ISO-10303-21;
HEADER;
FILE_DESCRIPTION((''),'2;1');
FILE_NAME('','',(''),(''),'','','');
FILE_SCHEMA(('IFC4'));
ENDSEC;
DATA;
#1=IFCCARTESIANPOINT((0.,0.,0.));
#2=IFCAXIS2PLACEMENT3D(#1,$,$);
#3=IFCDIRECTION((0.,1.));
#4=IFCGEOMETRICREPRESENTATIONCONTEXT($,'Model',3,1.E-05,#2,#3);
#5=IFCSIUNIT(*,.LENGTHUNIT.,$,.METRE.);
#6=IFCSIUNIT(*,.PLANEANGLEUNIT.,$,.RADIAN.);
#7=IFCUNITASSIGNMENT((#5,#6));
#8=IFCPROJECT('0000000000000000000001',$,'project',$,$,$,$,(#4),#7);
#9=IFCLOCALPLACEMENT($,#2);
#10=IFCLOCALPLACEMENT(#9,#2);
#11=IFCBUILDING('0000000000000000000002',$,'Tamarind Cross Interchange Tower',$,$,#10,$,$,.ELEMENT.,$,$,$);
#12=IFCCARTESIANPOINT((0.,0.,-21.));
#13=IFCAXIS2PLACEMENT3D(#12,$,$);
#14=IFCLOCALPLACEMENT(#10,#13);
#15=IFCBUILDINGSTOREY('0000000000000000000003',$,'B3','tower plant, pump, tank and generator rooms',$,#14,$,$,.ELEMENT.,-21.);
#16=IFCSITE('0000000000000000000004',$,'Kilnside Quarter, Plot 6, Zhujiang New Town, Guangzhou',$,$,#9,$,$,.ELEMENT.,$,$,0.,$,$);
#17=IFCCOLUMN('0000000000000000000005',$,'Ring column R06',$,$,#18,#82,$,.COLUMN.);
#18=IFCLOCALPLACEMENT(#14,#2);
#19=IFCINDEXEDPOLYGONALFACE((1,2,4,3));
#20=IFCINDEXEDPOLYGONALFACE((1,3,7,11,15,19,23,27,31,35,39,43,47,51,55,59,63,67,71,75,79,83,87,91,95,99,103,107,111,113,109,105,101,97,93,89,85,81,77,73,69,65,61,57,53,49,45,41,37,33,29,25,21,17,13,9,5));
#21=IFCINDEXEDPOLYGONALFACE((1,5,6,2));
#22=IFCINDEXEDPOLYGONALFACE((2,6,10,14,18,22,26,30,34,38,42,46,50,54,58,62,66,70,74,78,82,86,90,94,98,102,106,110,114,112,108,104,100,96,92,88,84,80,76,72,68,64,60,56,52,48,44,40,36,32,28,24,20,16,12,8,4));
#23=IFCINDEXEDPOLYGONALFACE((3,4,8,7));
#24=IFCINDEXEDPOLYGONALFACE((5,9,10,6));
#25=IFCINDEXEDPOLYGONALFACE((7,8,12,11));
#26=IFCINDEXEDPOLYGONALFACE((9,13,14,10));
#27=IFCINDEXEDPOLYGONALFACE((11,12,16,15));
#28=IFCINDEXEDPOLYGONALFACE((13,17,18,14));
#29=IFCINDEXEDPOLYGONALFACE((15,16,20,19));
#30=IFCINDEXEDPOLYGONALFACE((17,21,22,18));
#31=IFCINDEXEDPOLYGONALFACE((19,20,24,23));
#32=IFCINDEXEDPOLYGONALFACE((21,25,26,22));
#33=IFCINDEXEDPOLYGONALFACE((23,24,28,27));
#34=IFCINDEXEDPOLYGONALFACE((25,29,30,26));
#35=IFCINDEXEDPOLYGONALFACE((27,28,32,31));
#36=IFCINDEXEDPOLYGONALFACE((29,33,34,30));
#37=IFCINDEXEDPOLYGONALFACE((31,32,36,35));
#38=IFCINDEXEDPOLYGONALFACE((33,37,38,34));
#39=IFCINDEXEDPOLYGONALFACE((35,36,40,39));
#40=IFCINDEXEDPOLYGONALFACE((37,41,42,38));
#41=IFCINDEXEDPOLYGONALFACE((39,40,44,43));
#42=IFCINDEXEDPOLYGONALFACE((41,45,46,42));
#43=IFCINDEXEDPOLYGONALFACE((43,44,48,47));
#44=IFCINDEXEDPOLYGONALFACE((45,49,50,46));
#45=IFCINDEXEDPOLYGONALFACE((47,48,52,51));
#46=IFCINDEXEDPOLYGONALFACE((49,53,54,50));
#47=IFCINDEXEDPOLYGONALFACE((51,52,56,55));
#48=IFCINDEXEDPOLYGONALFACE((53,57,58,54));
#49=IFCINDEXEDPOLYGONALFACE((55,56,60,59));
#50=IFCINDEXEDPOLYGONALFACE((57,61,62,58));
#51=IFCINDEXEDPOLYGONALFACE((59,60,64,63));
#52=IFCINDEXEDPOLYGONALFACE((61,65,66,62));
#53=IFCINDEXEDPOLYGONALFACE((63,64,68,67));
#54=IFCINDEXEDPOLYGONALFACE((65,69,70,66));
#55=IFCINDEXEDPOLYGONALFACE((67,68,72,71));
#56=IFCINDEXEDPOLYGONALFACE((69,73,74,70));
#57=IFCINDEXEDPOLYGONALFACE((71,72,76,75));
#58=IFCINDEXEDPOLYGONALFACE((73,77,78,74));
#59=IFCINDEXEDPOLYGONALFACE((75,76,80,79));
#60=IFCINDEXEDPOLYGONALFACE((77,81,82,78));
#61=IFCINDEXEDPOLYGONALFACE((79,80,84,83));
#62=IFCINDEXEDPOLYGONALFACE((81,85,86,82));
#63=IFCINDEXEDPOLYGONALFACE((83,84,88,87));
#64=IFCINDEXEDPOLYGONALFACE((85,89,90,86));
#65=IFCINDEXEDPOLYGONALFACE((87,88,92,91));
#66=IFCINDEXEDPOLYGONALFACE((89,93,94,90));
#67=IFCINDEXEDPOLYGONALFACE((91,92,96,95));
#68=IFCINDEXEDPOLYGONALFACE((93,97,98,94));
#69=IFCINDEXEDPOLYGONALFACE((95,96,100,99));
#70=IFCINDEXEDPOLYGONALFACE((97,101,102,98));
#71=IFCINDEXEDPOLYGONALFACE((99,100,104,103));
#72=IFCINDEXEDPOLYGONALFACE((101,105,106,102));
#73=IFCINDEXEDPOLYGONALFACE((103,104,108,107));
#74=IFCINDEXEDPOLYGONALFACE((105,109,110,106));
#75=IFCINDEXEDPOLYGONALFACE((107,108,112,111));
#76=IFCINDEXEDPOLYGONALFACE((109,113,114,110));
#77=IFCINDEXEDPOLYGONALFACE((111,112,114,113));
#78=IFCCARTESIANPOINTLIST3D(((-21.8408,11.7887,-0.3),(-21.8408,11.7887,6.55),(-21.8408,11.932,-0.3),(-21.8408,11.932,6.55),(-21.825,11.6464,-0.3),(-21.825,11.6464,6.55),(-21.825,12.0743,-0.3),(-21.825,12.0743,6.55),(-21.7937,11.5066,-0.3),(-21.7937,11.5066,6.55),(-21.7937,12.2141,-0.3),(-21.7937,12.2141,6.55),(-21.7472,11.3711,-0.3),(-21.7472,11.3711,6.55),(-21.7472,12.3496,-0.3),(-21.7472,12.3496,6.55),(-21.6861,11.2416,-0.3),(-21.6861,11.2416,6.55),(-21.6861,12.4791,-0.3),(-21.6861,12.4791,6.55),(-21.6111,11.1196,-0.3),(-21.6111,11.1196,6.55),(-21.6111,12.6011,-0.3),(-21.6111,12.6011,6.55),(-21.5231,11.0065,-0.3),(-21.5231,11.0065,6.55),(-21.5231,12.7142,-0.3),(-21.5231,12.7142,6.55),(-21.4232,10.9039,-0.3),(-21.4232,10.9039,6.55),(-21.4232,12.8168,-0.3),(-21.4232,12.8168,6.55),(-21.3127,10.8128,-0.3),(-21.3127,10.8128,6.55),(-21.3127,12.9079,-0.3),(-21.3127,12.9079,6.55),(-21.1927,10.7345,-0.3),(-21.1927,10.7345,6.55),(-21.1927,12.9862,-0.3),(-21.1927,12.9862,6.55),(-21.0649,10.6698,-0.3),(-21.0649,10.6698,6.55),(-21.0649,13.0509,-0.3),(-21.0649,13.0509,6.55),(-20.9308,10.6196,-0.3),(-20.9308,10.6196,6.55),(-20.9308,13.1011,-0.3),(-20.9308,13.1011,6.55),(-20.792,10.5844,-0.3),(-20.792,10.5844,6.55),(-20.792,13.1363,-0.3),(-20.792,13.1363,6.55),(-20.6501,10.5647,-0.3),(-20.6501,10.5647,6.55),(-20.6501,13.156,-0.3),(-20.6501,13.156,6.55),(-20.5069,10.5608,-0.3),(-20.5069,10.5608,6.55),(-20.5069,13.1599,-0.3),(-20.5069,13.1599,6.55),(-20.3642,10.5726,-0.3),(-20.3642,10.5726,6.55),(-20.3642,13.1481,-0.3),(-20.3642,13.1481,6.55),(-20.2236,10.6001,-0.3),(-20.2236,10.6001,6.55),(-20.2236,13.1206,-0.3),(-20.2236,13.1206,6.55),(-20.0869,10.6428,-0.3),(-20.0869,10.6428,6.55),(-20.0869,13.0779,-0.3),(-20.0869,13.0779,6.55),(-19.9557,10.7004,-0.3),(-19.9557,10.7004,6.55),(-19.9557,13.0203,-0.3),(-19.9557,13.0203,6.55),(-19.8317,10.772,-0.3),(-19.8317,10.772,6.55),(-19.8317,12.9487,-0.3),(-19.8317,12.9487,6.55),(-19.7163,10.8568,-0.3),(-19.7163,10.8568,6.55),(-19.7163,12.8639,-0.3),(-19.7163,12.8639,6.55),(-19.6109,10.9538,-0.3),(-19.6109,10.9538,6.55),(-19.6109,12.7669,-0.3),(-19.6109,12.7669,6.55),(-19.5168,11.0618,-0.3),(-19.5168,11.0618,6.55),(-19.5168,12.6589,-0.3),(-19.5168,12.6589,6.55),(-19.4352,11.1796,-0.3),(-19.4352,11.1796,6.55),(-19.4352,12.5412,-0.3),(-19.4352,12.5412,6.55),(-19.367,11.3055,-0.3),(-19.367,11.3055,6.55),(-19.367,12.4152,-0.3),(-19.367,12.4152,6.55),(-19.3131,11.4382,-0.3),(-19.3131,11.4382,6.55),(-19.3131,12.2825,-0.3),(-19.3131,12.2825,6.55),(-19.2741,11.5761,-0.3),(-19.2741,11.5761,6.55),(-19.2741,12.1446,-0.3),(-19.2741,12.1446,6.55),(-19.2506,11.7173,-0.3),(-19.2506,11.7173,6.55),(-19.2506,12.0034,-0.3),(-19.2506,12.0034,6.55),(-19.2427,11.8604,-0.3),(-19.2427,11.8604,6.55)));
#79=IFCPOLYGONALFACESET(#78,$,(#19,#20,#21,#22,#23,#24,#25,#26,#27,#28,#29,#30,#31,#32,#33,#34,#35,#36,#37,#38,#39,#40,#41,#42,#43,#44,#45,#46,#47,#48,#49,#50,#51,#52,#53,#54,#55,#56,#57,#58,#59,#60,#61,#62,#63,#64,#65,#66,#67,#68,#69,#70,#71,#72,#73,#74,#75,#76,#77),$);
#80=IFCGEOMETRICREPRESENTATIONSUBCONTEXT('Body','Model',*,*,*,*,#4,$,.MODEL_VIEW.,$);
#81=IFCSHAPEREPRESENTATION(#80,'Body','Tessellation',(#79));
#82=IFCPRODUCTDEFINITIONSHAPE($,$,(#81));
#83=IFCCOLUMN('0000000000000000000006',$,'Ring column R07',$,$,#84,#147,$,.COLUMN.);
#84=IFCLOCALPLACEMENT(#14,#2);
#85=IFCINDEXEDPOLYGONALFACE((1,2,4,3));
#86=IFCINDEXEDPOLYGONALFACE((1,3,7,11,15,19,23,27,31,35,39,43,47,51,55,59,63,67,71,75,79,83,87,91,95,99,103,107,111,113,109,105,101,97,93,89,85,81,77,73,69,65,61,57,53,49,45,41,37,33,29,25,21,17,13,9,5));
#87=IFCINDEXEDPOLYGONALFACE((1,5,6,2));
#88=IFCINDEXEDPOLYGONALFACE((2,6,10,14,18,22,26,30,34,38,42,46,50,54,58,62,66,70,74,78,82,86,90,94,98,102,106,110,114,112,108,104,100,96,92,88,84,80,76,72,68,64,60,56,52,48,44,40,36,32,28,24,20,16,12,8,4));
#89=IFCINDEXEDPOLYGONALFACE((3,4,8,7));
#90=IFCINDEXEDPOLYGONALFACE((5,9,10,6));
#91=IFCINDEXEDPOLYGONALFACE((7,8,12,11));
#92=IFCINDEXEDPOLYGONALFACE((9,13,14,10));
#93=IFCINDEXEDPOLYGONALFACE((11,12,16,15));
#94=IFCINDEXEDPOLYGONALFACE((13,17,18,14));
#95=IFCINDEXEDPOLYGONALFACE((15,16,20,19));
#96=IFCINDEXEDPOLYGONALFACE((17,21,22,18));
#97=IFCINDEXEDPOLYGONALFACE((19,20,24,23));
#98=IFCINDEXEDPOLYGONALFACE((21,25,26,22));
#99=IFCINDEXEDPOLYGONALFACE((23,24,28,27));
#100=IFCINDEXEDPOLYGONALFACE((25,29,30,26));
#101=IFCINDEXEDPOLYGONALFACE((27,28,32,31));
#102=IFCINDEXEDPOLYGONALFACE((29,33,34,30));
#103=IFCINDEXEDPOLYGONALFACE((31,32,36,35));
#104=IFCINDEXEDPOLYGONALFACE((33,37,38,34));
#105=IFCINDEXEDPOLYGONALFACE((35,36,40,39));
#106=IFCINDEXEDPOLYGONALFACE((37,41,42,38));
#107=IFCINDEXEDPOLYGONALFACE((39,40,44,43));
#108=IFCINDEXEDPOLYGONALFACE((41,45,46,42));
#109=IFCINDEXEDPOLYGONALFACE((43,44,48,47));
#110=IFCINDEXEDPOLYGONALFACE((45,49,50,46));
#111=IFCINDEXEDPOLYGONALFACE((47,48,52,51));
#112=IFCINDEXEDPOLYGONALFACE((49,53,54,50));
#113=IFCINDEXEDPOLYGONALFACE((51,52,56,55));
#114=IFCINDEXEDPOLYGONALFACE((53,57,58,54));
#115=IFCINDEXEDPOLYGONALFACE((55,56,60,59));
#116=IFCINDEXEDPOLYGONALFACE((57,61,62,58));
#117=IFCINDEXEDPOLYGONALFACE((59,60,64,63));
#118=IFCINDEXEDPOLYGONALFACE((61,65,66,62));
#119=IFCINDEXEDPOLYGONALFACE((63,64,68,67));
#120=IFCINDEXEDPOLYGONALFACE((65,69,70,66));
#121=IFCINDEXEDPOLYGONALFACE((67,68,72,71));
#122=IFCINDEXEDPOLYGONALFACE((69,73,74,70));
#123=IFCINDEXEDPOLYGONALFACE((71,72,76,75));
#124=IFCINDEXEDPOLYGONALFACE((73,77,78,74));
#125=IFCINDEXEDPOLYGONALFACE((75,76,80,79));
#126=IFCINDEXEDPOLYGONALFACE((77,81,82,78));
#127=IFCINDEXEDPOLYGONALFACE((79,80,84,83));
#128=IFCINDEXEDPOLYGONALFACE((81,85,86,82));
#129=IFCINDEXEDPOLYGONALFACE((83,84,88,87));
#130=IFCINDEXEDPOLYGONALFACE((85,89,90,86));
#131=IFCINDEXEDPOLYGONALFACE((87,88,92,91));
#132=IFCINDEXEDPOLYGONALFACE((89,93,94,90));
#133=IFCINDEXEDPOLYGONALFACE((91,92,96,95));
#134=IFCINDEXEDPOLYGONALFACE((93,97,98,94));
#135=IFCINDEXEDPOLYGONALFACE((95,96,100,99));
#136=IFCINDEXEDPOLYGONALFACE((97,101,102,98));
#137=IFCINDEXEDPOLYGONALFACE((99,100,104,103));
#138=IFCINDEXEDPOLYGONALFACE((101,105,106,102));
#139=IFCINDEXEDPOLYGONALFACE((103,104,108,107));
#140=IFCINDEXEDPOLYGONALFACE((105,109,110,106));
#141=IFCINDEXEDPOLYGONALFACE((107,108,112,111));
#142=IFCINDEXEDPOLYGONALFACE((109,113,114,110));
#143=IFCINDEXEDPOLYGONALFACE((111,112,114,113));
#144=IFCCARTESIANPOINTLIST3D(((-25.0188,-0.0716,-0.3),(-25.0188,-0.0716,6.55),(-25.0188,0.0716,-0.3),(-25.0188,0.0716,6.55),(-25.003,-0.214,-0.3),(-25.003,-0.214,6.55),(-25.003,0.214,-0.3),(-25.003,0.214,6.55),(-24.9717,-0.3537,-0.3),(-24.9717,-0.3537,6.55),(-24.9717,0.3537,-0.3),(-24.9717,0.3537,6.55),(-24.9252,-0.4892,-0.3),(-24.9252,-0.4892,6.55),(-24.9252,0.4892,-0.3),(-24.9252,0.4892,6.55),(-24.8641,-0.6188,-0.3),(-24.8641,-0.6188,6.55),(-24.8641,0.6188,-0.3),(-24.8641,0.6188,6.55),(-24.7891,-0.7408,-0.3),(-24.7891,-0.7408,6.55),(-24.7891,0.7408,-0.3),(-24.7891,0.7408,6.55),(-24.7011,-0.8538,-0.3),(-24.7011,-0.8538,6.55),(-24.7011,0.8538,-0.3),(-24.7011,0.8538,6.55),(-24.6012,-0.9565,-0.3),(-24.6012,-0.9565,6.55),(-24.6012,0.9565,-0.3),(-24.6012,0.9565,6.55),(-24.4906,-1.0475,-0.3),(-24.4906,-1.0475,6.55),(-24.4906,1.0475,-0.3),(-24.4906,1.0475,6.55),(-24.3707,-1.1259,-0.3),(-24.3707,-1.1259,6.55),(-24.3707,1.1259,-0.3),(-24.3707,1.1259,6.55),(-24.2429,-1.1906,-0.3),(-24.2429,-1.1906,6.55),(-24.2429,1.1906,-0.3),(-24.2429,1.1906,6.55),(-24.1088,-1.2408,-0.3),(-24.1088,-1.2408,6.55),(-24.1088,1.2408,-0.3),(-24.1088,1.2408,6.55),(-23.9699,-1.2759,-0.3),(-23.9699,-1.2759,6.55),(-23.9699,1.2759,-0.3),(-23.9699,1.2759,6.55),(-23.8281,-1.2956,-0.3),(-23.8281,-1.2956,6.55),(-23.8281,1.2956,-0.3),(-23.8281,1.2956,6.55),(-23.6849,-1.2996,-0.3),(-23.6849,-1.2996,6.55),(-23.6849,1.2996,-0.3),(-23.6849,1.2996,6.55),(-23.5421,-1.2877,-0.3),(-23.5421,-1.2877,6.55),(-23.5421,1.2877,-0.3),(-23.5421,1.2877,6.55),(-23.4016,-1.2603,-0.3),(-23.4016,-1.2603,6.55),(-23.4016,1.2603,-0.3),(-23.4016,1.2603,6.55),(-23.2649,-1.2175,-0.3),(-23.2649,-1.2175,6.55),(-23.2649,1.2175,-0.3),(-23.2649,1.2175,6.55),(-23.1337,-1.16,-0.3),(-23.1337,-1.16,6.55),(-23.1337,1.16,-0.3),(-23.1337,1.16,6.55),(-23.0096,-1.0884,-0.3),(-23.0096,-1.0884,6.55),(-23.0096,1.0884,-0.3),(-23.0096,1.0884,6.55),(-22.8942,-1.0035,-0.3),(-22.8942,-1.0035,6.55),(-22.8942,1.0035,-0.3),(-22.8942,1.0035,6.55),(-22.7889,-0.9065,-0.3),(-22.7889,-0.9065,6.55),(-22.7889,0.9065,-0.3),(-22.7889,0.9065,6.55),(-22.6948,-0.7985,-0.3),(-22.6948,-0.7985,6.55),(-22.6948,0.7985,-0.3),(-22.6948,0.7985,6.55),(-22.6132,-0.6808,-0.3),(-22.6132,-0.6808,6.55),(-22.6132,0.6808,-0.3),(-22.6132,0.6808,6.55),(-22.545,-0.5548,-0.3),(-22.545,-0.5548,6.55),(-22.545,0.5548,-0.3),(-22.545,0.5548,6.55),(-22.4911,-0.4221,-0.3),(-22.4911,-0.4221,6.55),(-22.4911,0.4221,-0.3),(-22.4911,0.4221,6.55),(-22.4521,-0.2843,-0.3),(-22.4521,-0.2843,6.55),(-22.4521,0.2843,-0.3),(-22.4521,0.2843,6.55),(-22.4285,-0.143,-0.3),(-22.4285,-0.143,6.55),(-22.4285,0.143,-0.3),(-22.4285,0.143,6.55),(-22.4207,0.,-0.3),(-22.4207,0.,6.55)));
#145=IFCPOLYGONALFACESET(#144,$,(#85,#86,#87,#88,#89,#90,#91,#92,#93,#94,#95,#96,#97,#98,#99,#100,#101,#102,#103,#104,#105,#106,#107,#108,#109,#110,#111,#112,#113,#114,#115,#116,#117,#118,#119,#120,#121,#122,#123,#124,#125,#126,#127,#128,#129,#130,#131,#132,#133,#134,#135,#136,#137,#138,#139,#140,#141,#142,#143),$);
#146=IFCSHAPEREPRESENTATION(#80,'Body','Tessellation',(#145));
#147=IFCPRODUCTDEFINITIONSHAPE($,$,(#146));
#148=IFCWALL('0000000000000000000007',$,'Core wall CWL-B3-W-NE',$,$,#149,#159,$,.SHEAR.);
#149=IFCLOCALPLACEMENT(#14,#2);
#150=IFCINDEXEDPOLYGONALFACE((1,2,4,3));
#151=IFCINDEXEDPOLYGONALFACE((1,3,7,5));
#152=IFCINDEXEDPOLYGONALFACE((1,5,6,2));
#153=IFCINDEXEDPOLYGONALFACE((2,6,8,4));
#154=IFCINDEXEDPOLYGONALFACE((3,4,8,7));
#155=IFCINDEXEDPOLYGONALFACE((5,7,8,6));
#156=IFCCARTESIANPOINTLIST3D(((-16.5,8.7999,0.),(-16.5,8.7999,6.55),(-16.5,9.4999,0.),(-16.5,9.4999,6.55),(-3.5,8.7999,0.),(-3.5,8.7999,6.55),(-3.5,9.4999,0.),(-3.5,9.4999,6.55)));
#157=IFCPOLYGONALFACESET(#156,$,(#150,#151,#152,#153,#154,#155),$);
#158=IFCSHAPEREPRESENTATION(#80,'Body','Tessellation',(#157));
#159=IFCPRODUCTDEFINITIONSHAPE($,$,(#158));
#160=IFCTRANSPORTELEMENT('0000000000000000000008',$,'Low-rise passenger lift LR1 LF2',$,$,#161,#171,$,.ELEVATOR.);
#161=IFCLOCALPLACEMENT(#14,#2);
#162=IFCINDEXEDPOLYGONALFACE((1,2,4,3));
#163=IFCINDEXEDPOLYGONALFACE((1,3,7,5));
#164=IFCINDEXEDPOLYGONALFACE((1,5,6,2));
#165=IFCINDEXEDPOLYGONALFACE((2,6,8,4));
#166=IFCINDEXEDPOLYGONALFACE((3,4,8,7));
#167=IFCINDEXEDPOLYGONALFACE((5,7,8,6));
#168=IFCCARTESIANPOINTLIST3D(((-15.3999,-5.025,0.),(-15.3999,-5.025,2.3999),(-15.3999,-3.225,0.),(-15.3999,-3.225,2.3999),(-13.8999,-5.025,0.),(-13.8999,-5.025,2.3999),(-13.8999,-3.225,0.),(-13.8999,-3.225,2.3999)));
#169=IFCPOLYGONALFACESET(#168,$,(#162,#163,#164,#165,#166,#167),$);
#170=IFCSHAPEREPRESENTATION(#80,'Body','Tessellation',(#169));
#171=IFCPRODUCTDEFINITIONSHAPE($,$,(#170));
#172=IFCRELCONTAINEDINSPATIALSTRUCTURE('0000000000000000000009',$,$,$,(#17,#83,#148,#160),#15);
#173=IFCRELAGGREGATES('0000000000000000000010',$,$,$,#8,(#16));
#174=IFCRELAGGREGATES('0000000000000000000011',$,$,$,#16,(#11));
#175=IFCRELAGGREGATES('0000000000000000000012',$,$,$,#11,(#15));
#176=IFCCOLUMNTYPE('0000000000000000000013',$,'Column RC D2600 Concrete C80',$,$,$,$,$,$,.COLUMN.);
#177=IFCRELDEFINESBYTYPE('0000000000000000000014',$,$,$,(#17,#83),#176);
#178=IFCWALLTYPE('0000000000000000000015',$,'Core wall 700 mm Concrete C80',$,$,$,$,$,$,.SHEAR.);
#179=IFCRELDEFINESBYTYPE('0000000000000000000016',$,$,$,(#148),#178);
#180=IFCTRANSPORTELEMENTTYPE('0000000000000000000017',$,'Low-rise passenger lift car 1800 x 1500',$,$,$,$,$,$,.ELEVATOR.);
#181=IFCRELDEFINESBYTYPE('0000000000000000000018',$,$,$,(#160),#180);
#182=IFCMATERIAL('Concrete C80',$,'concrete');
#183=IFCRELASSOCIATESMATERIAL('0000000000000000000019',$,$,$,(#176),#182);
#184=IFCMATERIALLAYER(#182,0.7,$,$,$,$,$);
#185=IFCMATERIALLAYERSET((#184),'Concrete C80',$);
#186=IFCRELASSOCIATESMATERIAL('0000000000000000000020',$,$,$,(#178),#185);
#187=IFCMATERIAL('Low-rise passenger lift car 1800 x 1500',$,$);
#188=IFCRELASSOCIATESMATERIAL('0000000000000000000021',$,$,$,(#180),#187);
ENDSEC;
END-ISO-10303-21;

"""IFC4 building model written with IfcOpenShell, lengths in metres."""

from ifc_helpers import new_model, si_unit, direction, frame, frame_2d, origin, origin_2d, place, context, subcontext, project, spatial, rectangle, circle, extrude, material, layer, layer_set, material_profile, profile_set, type_object, element, save


model = new_model("IFC4")

# Units and contexts
model_context = context("Model", 3, precision=1e-05, world=origin(), true_north=direction((0.0, 1.0)))
body_context = subcontext(model_context, "Body", "Model", "MODEL_VIEW")
ifc_project = project(units=[si_unit("LENGTHUNIT", "METRE"), si_unit("PLANEANGLEUNIT", "RADIAN")], contexts=[model_context])

# Site, building, storey
site_placement = place(None, origin())
site = spatial("IfcSite", under=ifc_project, at=site_placement, Name="Kilnside Quarter, Plot 6, Zhujiang New Town, Guangzhou", CompositionType="ELEMENT", RefElevation=0.0)
building_placement = place(site_placement, origin())
building = spatial("IfcBuilding", under=site, at=building_placement, Name="Tamarind Cross Interchange Tower", CompositionType="ELEMENT")
storey_placement = place(building_placement, frame((0.0, 0.0, -21.0)))
storey = spatial("IfcBuildingStorey", under=building, at=storey_placement, Name="B3", Description="tower plant, pump, tank and generator rooms", CompositionType="ELEMENT", Elevation=-21.0)

# Columns
ifc_material_1 = material(Name="Concrete C80", Category="concrete")
ifc_material_profile_1 = material_profile(ifc_material_1, circle(Radius=1.3, at=origin_2d()), Name="RC D2600")
ifc_profile_set_1 = profile_set([ifc_material_profile_1], Name="Concrete C80")
column_type_1 = type_object("IfcColumnType", Name="Column RC D2600 Concrete C80", PredefinedType="COLUMN", material=ifc_profile_set_1)
for number, where, z_axis, x_axis, name in (
    (1, (-20.5427, 11.8604, -0.3), (0.0, 0.0, 1.0), (1.0, 0.0, 0.0), "Ring column R06"),
    (2, (-23.7207, 0.0, -0.3), (0.0, 0.0, 1.0), (1.0, 0.0, 0.0), "Ring column R07"),
):
    element("IfcColumn", number, at=place(storey_placement, frame(where, z_axis=z_axis, x_axis=x_axis)), inside=storey, type_object=column_type_1, Name=name, PredefinedType="COLUMN", context=body_context, shape_type="SweptSolid", body=[
        extrude(circle(Radius=1.3, at=origin_2d()), origin(), (0.0, 0.0, 1.0), 6.8501),
    ])

# Wall
ifc_layer = layer(ifc_material_1, 0.7)
ifc_layer_set = layer_set([ifc_layer], Name="Concrete C80")
wall_type = type_object("IfcWallType", Name="Core wall 700 mm Concrete C80", PredefinedType="SHEAR", material=ifc_layer_set)
wall_placement = place(storey_placement, frame((-16.5, 9.1499, 0.0), z_axis=(0.0, 0.0, 1.0), x_axis=(1.0, 0.0, 0.0)))
element("IfcWall", 3, at=wall_placement, inside=storey, type_object=wall_type, Name="Core wall CWL-B3-W-NE", PredefinedType="SHEAR", context=body_context, shape_type="SweptSolid", body=[
    extrude(rectangle(XDim=13.0, YDim=0.7, at=frame_2d((6.5, 0.0))), origin(), (0.0, 0.0, 1.0), 6.55),
])

# Transport element
ifc_material_2 = material(Name="Low-rise passenger lift car 1800 x 1500")
transport_element_type = type_object("IfcTransportElementType", Name="Low-rise passenger lift car 1800 x 1500", PredefinedType="ELEVATOR", material=ifc_material_2)
transport_element_placement = place(storey_placement, frame((-14.6499, -4.125, 0.0), z_axis=(0.0, 0.0, 1.0), x_axis=(1.0, 0.0, 0.0)))
element("IfcTransportElement", 4, at=transport_element_placement, inside=storey, type_object=transport_element_type, Name="Low-rise passenger lift LR1 LF2", PredefinedType="ELEVATOR", context=body_context, shape_type="SweptSolid", body=[
    extrude(rectangle(XDim=1.5, YDim=1.8, at=origin_2d()), origin(), (0.0, 0.0, 1.0), 2.3999),
])

save(model, "model.ifc")
